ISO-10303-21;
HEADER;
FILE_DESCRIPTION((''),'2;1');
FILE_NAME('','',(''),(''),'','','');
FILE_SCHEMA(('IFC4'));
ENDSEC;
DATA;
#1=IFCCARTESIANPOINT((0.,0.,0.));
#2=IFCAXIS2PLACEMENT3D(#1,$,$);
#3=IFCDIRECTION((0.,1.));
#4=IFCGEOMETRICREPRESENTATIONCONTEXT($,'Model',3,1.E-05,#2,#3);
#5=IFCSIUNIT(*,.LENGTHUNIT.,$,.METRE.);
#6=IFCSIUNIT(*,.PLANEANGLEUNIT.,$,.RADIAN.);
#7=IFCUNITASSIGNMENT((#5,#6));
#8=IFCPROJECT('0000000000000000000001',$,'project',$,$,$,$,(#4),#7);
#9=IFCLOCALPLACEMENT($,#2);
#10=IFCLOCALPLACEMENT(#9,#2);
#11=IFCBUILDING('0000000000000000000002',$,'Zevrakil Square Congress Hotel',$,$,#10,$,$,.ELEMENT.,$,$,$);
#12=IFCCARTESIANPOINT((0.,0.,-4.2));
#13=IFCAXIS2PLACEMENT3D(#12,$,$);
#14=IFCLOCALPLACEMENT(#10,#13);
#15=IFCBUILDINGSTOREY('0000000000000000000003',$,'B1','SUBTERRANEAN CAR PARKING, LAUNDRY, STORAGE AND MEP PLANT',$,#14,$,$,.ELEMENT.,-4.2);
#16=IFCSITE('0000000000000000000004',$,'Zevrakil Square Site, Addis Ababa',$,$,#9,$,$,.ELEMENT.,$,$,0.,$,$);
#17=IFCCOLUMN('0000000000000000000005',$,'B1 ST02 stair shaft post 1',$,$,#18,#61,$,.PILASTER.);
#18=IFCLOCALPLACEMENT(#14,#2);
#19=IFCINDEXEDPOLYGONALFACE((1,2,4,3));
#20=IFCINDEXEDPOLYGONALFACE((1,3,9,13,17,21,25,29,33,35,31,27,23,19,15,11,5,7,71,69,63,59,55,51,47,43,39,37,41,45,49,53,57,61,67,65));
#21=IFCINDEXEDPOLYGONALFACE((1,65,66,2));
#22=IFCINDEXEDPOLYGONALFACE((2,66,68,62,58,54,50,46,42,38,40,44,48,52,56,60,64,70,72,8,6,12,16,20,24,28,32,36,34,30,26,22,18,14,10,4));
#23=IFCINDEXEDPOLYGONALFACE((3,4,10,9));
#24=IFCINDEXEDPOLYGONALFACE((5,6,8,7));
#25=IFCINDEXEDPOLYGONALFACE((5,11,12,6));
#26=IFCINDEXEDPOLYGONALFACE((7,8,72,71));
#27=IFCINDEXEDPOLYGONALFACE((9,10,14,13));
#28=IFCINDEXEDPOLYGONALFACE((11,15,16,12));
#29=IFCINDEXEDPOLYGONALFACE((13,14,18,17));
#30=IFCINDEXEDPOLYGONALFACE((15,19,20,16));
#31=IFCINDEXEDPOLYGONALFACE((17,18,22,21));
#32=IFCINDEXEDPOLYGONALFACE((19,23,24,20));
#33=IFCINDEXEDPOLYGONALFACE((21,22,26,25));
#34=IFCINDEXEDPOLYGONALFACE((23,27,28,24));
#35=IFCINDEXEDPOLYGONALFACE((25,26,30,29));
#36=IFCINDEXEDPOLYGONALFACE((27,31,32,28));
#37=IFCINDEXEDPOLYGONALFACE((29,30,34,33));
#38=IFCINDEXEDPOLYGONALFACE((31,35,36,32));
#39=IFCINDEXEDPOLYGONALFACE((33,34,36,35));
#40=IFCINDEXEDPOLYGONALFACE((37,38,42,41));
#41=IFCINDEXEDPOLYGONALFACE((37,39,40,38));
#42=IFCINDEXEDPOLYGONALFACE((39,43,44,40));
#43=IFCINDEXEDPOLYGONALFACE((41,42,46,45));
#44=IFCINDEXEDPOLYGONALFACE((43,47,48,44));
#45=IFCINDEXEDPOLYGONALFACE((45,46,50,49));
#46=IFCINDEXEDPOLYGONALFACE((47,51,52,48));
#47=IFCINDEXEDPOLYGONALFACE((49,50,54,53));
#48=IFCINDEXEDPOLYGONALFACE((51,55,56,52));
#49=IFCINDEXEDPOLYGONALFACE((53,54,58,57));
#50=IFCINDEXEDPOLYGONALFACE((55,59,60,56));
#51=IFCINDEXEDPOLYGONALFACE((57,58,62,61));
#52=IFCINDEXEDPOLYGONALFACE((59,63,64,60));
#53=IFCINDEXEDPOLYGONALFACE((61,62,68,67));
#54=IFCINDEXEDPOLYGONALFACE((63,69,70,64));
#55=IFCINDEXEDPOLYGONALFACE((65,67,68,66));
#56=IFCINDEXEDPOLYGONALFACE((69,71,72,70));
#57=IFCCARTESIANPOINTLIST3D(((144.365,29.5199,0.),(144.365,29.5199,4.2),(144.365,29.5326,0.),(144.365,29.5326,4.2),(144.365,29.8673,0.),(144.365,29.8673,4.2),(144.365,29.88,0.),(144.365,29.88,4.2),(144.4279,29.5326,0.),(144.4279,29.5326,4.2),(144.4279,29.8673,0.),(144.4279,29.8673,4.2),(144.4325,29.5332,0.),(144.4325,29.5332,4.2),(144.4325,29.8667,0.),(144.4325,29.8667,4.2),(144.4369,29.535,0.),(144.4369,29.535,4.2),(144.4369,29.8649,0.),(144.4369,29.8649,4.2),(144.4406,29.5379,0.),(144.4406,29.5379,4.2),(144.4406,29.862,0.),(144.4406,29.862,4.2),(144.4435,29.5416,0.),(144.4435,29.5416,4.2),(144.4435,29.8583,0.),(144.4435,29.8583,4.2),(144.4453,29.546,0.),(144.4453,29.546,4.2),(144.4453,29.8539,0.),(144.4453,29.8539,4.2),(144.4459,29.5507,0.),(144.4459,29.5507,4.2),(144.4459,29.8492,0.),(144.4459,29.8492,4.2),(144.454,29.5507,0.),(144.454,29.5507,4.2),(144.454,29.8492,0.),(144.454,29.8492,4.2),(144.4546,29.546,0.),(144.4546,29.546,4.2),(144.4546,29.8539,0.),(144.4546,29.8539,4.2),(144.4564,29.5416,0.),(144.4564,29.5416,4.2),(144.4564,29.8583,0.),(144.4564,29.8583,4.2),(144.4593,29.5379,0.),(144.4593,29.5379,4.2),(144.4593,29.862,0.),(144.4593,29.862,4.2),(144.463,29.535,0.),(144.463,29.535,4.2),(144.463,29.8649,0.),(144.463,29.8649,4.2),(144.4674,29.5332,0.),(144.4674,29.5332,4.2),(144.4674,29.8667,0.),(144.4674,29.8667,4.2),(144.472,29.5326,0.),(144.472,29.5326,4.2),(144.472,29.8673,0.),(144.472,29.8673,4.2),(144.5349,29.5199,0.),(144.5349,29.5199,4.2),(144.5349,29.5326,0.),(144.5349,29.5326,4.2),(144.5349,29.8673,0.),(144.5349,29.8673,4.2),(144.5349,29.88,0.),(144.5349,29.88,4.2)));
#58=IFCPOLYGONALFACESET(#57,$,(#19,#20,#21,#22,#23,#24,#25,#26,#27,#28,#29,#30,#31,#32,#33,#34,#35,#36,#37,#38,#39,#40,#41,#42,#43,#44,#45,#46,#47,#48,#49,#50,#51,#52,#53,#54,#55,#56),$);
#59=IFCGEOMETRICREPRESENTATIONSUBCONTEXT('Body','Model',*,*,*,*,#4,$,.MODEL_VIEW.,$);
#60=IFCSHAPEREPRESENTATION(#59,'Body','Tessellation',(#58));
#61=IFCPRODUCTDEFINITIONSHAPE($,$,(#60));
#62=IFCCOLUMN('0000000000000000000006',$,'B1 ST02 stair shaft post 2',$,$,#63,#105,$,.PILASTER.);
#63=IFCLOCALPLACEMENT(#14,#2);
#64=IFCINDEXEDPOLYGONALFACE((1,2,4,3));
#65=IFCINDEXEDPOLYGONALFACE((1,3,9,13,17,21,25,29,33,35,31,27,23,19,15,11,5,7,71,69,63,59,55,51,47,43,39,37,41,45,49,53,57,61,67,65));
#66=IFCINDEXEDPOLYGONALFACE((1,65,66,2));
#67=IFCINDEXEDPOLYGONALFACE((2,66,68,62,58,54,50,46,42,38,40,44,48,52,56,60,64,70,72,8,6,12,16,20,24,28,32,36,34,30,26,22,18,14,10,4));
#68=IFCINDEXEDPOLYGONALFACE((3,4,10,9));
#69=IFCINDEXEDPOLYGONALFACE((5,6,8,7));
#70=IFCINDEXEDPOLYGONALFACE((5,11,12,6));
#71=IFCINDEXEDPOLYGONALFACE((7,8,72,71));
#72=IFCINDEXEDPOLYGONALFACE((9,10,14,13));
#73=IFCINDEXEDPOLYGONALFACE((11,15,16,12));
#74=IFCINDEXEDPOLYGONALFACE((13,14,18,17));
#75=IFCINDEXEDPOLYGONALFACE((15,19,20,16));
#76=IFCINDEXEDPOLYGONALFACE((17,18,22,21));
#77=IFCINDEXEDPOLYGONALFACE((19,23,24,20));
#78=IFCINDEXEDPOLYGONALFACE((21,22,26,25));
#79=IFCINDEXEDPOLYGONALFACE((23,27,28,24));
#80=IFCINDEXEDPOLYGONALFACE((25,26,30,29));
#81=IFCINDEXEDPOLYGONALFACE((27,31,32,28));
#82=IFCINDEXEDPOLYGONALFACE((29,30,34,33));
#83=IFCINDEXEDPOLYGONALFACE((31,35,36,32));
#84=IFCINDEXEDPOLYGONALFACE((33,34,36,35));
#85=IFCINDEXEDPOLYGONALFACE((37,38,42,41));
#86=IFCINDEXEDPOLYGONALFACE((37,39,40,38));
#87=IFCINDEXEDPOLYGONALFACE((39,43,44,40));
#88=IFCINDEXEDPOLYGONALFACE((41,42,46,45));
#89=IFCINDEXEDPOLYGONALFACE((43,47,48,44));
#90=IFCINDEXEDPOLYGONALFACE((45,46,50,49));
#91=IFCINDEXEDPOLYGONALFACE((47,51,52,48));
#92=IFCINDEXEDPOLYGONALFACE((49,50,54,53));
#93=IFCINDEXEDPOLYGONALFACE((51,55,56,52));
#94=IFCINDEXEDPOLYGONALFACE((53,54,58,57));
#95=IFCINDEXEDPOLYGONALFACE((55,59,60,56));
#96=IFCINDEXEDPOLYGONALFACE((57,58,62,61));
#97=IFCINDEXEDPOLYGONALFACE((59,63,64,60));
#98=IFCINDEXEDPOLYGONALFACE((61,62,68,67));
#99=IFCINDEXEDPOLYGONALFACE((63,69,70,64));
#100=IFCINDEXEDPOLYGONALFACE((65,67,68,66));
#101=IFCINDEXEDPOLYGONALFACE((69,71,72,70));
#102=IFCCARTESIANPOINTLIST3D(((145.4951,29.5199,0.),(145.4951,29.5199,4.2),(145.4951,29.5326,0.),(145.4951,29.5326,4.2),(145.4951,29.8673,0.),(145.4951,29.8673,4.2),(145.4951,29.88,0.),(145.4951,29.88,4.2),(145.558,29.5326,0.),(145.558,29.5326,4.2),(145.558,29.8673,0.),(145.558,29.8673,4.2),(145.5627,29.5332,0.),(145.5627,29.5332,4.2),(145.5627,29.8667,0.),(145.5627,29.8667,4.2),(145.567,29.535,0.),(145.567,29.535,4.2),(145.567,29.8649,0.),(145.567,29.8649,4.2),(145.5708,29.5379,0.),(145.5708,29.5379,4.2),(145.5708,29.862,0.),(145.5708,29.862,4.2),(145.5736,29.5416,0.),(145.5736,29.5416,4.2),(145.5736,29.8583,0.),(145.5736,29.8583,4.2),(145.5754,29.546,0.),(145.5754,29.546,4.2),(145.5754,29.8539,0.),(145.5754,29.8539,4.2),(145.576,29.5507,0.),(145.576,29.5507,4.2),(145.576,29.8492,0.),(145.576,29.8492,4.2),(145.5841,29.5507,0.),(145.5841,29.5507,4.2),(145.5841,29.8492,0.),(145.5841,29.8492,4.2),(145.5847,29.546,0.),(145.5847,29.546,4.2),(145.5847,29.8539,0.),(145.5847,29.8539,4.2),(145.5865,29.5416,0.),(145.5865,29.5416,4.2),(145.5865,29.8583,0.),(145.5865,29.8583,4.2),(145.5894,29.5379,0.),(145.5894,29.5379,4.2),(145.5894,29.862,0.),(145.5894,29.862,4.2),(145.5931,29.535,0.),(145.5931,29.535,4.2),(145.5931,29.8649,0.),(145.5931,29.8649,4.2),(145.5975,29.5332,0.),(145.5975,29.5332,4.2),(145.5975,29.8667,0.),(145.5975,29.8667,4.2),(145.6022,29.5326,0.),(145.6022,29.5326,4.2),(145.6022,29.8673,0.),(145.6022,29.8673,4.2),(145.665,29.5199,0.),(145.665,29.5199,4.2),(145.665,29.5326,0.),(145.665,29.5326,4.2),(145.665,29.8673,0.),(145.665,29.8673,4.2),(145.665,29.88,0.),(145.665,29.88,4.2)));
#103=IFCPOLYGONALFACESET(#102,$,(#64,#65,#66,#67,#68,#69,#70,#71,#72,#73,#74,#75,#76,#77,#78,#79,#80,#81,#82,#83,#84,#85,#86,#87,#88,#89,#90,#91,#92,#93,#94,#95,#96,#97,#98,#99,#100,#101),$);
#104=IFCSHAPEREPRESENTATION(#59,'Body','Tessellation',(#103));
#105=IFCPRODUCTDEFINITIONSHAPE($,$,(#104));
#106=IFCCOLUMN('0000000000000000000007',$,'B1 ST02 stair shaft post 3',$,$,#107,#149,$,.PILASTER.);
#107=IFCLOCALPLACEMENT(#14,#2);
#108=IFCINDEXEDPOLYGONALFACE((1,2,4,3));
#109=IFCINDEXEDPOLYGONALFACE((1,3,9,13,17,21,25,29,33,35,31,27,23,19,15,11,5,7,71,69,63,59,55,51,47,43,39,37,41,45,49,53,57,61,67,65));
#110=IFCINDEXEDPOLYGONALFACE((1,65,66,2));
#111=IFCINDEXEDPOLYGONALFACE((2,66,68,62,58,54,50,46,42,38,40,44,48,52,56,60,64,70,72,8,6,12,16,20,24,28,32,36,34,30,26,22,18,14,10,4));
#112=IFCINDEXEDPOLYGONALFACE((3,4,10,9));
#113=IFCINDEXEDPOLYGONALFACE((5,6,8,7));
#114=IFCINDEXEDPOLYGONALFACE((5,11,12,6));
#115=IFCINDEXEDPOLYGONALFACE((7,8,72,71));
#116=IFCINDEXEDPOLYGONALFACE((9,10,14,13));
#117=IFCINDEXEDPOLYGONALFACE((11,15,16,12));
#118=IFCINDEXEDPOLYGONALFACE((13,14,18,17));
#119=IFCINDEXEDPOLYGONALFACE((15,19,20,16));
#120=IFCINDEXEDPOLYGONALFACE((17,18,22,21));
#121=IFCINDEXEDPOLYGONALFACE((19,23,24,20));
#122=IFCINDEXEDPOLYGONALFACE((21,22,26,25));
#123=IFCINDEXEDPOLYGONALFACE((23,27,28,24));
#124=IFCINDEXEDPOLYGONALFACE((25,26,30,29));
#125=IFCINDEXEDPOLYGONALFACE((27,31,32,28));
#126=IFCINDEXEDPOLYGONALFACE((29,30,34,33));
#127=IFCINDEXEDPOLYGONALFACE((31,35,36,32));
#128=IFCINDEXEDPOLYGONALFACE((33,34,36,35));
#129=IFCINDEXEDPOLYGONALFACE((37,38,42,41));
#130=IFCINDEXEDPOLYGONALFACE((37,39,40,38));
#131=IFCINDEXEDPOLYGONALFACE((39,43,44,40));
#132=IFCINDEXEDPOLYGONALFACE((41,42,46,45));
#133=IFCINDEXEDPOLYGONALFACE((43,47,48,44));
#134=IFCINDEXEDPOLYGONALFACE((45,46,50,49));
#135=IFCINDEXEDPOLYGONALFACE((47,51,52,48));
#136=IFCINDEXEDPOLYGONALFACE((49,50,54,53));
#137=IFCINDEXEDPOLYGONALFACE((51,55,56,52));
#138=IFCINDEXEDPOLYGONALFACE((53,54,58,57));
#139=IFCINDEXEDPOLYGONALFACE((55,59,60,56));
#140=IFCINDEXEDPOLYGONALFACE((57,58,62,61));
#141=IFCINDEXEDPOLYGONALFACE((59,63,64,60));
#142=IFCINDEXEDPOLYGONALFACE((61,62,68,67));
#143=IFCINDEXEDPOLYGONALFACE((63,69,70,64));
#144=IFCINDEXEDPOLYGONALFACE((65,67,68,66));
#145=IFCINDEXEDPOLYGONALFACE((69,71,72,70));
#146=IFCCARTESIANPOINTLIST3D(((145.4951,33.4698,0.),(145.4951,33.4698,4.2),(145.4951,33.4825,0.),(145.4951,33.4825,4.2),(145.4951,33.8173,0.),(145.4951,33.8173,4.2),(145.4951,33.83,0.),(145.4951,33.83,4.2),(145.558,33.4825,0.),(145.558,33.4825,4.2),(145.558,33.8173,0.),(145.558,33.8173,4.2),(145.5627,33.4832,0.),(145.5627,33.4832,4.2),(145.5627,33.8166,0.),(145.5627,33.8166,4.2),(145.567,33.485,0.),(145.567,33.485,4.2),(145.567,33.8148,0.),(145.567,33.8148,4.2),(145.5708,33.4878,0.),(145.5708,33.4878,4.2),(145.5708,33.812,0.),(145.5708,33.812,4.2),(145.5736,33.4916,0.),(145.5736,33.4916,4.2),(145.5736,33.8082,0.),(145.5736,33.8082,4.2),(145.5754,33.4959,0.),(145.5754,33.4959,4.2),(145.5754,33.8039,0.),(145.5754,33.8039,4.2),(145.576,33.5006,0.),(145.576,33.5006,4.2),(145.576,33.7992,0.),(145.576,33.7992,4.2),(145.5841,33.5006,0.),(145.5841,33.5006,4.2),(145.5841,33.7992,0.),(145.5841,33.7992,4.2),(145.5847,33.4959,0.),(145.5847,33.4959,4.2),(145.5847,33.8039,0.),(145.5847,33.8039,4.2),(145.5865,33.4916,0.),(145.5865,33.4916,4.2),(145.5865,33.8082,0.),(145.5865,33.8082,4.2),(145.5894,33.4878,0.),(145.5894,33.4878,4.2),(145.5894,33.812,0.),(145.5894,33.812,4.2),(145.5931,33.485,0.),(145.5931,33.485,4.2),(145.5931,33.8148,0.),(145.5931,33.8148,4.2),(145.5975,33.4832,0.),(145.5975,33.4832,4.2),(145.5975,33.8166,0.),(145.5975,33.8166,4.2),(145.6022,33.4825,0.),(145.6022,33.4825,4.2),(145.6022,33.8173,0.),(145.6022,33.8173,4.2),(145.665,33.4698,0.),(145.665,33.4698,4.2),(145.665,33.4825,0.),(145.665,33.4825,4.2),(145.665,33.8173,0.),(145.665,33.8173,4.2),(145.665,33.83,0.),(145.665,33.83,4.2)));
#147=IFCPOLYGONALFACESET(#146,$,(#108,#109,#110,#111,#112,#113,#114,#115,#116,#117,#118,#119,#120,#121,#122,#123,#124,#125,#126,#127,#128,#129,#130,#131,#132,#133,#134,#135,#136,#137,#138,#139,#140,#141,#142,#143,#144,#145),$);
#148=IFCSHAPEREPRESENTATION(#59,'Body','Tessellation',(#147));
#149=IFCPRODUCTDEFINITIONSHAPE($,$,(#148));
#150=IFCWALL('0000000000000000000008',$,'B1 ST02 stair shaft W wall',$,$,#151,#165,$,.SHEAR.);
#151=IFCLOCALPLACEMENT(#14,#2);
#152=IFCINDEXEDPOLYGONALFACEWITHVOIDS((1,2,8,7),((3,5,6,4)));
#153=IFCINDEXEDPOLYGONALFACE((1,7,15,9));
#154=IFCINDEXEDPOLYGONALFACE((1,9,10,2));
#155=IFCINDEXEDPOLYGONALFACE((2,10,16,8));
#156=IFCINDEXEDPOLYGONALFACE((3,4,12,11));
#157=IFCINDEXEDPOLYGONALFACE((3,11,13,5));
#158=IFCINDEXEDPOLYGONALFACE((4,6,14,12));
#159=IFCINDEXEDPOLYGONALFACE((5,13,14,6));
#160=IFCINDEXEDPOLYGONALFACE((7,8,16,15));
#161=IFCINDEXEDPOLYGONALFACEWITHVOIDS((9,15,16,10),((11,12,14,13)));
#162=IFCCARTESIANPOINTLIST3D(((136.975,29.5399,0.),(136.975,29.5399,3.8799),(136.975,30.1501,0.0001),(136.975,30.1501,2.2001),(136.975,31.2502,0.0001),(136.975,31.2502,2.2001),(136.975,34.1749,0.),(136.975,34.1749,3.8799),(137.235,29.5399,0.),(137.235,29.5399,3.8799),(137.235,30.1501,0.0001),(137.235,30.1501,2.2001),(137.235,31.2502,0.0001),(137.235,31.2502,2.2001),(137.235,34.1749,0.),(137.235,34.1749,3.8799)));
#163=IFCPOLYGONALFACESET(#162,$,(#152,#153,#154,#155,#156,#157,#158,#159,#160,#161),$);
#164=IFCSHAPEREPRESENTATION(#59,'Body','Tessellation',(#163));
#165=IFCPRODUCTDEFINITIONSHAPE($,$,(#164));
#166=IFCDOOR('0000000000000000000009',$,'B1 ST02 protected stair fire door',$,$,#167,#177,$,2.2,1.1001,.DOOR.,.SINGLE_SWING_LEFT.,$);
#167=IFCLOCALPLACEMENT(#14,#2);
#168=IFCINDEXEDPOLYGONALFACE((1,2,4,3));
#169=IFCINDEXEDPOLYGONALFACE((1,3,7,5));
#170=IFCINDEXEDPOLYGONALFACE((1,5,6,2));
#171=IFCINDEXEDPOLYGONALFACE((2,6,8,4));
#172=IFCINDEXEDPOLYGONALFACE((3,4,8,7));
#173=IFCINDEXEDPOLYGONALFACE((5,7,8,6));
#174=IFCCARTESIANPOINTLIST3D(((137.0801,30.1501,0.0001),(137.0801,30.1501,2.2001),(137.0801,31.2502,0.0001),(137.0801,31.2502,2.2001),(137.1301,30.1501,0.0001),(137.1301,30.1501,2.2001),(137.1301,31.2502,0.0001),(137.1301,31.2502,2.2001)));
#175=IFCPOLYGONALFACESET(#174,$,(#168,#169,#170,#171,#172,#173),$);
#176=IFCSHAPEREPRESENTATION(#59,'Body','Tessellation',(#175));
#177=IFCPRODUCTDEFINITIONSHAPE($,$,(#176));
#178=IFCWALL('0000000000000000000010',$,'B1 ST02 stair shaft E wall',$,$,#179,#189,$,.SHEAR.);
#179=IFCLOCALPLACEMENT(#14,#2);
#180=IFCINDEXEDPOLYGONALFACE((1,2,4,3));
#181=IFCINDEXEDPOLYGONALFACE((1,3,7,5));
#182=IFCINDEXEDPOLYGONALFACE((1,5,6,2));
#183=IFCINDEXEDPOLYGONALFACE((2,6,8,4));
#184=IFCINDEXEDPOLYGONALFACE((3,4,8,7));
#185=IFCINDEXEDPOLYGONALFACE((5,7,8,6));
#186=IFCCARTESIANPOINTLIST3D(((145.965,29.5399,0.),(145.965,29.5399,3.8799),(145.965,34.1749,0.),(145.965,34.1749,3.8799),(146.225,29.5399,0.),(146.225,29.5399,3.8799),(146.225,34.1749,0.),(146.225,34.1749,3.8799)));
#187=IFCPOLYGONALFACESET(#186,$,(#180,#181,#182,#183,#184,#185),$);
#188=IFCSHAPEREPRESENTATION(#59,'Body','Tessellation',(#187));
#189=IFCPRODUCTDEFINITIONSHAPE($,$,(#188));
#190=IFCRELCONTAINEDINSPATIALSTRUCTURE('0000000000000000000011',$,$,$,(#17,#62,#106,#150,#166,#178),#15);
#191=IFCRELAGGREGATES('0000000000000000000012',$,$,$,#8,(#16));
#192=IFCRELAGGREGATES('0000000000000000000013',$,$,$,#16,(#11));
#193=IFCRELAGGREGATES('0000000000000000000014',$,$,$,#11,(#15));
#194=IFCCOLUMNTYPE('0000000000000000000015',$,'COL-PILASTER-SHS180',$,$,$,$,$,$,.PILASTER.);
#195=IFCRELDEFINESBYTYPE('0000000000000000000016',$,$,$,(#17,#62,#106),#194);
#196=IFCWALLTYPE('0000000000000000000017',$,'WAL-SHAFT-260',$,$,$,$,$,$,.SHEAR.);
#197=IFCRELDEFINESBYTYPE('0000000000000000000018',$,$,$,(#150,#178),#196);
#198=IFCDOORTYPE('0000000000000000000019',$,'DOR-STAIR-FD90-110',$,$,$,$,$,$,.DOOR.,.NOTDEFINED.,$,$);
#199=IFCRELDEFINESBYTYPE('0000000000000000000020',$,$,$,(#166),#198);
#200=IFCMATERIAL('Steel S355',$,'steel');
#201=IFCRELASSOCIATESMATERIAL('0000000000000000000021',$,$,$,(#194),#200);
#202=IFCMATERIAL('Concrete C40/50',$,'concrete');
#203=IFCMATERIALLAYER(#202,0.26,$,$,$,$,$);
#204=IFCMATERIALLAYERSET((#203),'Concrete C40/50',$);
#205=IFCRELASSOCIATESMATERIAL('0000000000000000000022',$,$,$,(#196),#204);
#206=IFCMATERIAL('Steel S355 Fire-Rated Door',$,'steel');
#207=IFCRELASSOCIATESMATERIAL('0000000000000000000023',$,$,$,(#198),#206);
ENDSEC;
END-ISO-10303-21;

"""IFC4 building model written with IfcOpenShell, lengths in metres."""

from ifc_helpers import new_model, si_unit, direction, frame, frame_2d, origin, origin_2d, place, context, subcontext, project, spatial, rectangle, i_section, extrude, material, layer, layer_set, material_profile, profile_set, type_object, element, fill, save


model = new_model("IFC4")

# Units and contexts
model_context = context("Model", 3, precision=1e-05, world=origin(), true_north=direction((0.0, 1.0)))
body_context = subcontext(model_context, "Body", "Model", "MODEL_VIEW")
ifc_project = project(units=[si_unit("LENGTHUNIT", "METRE"), si_unit("PLANEANGLEUNIT", "RADIAN")], contexts=[model_context])

# Site, building, storey
site_placement = place(None, origin())
site = spatial("IfcSite", under=ifc_project, at=site_placement, Name="Zevrakil Square Site, Addis Ababa", CompositionType="ELEMENT", RefElevation=0.0)
building_placement = place(site_placement, origin())
building = spatial("IfcBuilding", under=site, at=building_placement, Name="Zevrakil Square Congress Hotel", CompositionType="ELEMENT")
storey_placement = place(building_placement, frame((0.0, 0.0, -4.2)))
storey = spatial("IfcBuildingStorey", under=building, at=storey_placement, Name="B1", Description="SUBTERRANEAN CAR PARKING, LAUNDRY, STORAGE AND MEP PLANT", CompositionType="ELEMENT", Elevation=-4.2)

# Columns
ifc_material_1 = material(Name="Steel S355", Category="steel")
ifc_material_profile = material_profile(ifc_material_1, i_section(OverallWidth=0.1699, OverallDepth=0.3601, WebThickness=0.0081, FlangeThickness=0.0127, FilletRadius=0.0181, at=origin_2d()), Name="IPE 360")
ifc_profile_set = profile_set([ifc_material_profile], Name="Steel S355")
column_type = type_object("IfcColumnType", Name="COL-PILASTER-SHS180", PredefinedType="PILASTER", material=ifc_profile_set)
for number, where, z_axis, x_axis, name in (
    (1, (144.45, 29.7, 0.0), (0.0, 0.0, 1.0), (1.0, 0.0, 0.0), "B1 ST02 stair shaft post 1"),
    (2, (145.5801, 29.7, 0.0), (0.0, 0.0, 1.0), (1.0, 0.0, 0.0), "B1 ST02 stair shaft post 2"),
    (3, (145.5801, 33.6499, 0.0), (0.0, 0.0, 1.0), (1.0, 0.0, 0.0), "B1 ST02 stair shaft post 3"),
):
    element("IfcColumn", number, at=place(storey_placement, frame(where, z_axis=z_axis, x_axis=x_axis)), inside=storey, type_object=column_type, Name=name, PredefinedType="PILASTER", context=body_context, shape_type="SweptSolid", body=[
        extrude(i_section(OverallWidth=0.1699, OverallDepth=0.3601, WebThickness=0.0081, FlangeThickness=0.0127, FilletRadius=0.0181, at=origin_2d()), origin(), (0.0, 0.0, 1.0), 4.2),
    ])

# Wall, opening, door
ifc_material_2 = material(Name="Concrete C40/50", Category="concrete")
ifc_layer_1 = layer(ifc_material_2, 0.26)
ifc_layer_set_1 = layer_set([ifc_layer_1], Name="Concrete C40/50")
wall_type = type_object("IfcWallType", Name="WAL-SHAFT-260", PredefinedType="SHEAR", material=ifc_layer_set_1)
wall_1_placement = place(storey_placement, frame((137.105, 29.54, 0.0), z_axis=(0.0, 0.0, 1.0), x_axis=(0.0, 1.0, 0.0)))
wall_1 = element("IfcWall", 4, at=wall_1_placement, inside=storey, type_object=wall_type, Name="B1 ST02 stair shaft W wall", PredefinedType="SHEAR", context=body_context, shape_type="SweptSolid", body=[
    extrude(rectangle(XDim=4.635, YDim=0.26, at=frame_2d((2.3174, 0.0))), origin(), (0.0, 0.0, 1.0), 3.8799),
])
opening_1_placement = place(wall_1_placement, frame((0.6101, 0.0, 0.0)))
opening_1 = element("IfcOpeningElement", 5, at=opening_1_placement, cuts=wall_1, PredefinedType="OPENING", context=body_context, shape_type="SweptSolid", body=[
    extrude(rectangle(XDim=1.1001, YDim=2.2, at=frame_2d((0.55, 1.1001))), frame((0.0, 0.1401, 0.0), z_axis=(0.0, -1.0, 0.0), x_axis=(1.0, 0.0, 0.0)), (0.0, 0.0, 1.0), 0.28),
])
ifc_material_3 = material(Name="Steel S355 Fire-Rated Door", Category="steel")
door_type = type_object("IfcDoorType", Name="DOR-STAIR-FD90-110", OperationType="NOTDEFINED", PredefinedType="DOOR", material=ifc_material_3)
door_1_placement = place(opening_1_placement, origin())
door_1 = element("IfcDoor", 6, at=door_1_placement, inside=storey, type_object=door_type, Name="B1 ST02 protected stair fire door", OperationType="SINGLE_SWING_LEFT", OverallHeight=2.2, OverallWidth=1.1001, PredefinedType="DOOR", context=body_context, shape_type="SweptSolid", body=[
    extrude(rectangle(XDim=1.1001, YDim=2.2, at=frame_2d((0.55, 1.1001))), frame((0.0, 0.0249, 0.0), z_axis=(0.0, -1.0, 0.0), x_axis=(1.0, 0.0, 0.0)), (0.0, 0.0, 1.0), 0.05),
])
fill(opening_1, door_1)

# Wall
wall_2_placement = place(storey_placement, frame((146.095, 29.54, 0.0), z_axis=(0.0, 0.0, 1.0), x_axis=(0.0, 1.0, 0.0)))
element("IfcWall", 7, at=wall_2_placement, inside=storey, type_object=wall_type, Name="B1 ST02 stair shaft E wall", PredefinedType="SHEAR", context=body_context, shape_type="SweptSolid", body=[
    extrude(rectangle(XDim=4.635, YDim=0.26, at=frame_2d((2.3174, 0.0))), origin(), (0.0, 0.0, 1.0), 3.8799),
])

save(model, "model.ifc")
